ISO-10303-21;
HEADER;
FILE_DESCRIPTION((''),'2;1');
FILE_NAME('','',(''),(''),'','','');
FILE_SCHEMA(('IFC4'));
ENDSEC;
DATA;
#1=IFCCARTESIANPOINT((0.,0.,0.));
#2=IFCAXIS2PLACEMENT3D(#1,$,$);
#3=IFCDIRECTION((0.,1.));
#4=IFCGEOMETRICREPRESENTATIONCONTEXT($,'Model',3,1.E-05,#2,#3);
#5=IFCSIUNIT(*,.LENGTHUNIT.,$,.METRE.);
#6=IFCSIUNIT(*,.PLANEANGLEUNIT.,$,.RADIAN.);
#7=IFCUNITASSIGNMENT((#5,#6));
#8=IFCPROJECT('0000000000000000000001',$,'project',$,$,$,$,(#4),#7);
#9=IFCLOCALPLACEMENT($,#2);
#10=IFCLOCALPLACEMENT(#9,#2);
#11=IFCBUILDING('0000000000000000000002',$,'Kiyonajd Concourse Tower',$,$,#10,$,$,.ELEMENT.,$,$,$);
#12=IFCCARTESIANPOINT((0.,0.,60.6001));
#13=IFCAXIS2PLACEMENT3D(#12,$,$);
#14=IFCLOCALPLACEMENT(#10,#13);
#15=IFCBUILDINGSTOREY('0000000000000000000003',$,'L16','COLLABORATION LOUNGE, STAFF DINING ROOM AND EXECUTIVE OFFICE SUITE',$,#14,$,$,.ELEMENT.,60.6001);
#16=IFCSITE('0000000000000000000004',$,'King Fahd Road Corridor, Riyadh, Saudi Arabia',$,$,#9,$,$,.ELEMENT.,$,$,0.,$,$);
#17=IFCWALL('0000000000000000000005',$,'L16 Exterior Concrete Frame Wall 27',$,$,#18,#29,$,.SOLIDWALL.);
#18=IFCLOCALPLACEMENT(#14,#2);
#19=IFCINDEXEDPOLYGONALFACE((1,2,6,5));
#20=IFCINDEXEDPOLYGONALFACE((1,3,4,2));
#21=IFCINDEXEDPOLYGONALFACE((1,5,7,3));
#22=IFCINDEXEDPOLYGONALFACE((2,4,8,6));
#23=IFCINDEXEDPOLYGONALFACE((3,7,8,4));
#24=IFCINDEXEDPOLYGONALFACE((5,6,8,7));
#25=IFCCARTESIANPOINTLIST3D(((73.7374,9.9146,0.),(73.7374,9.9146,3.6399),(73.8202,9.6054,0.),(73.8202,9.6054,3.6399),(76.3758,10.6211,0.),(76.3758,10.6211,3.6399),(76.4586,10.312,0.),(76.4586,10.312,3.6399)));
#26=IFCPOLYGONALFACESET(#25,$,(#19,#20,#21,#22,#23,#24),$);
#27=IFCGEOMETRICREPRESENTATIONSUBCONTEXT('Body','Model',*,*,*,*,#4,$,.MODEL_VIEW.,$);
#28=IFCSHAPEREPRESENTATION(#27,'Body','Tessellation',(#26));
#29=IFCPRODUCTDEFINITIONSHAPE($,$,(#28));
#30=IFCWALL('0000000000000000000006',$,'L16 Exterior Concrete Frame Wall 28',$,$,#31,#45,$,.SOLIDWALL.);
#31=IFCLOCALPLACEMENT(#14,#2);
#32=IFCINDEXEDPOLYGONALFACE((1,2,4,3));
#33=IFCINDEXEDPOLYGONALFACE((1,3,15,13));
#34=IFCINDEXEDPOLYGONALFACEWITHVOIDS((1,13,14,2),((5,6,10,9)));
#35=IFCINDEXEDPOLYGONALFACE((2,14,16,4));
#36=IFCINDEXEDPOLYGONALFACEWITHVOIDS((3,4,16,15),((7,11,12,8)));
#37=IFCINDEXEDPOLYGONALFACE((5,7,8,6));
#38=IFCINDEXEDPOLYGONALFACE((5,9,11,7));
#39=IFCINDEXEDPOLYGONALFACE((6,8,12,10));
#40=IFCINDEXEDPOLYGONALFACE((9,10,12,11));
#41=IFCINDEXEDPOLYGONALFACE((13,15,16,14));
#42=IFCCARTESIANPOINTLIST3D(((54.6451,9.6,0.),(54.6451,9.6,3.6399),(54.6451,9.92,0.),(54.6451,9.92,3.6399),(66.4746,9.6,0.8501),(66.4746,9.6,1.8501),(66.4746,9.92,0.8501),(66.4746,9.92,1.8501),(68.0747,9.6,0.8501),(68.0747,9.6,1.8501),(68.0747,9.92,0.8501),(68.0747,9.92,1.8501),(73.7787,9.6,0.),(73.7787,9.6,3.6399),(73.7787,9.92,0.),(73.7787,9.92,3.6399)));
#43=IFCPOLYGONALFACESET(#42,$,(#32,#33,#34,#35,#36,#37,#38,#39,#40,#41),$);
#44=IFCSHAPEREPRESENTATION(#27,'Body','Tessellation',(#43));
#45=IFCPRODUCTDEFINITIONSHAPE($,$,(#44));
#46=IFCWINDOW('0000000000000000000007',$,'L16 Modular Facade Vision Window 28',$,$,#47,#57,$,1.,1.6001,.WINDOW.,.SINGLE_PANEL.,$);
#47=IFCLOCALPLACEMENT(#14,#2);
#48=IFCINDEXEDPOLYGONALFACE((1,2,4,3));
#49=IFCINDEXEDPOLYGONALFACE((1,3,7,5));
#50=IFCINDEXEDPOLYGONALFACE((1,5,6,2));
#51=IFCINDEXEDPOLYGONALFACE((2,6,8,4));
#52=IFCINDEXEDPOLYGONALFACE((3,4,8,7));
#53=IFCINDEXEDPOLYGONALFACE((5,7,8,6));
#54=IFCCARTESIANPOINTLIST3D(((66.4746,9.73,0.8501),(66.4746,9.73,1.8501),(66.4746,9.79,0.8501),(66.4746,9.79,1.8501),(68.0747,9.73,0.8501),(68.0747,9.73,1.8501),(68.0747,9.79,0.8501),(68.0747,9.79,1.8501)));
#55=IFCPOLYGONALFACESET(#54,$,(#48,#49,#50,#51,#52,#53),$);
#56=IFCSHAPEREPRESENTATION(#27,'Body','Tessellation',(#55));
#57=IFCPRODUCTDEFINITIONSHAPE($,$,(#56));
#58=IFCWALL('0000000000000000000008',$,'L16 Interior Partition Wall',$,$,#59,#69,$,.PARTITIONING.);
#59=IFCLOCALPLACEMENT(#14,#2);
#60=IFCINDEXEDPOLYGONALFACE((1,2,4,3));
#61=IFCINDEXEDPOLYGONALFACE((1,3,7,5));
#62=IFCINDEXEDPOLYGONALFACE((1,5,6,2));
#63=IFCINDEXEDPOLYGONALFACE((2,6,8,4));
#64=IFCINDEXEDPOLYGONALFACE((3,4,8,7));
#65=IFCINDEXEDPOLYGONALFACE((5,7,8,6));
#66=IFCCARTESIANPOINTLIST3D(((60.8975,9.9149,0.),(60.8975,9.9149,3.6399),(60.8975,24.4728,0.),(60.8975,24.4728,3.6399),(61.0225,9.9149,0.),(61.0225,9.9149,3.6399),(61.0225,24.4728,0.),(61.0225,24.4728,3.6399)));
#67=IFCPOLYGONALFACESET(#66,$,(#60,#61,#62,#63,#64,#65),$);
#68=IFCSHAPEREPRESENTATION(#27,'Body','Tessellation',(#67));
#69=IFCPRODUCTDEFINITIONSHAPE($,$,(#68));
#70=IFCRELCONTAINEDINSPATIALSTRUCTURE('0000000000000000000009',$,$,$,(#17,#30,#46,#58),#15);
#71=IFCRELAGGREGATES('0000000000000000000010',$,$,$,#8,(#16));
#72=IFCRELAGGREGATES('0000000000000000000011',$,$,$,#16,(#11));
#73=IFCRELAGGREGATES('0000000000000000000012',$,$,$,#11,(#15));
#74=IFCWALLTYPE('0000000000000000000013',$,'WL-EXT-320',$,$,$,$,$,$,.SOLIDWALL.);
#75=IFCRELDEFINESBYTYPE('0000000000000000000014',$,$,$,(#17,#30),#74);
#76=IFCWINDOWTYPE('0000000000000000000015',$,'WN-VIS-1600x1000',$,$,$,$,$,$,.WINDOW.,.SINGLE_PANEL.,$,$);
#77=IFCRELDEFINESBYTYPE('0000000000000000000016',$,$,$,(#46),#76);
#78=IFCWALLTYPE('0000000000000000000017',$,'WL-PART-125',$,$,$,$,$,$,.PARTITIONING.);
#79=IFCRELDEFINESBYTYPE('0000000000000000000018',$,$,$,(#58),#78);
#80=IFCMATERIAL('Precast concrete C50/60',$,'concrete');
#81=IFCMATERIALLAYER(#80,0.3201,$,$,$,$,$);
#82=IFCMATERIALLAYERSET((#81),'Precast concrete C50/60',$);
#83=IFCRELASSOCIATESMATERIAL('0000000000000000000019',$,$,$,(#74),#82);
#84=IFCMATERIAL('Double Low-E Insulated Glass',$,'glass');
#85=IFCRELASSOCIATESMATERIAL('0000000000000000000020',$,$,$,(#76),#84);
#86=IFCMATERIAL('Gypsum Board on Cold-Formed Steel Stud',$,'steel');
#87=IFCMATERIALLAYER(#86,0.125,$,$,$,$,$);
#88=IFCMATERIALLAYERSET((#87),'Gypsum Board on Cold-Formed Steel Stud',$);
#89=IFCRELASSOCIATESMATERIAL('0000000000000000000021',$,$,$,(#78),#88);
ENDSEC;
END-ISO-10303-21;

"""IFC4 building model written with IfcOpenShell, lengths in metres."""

from ifc_helpers import new_model, si_unit, direction, frame, frame_2d, origin, place, context, subcontext, project, spatial, rectangle, extrude, material, layer, layer_set, type_object, element, fill, save


model = new_model("IFC4")

# Units and contexts
model_context = context("Model", 3, precision=1e-05, world=origin(), true_north=direction((0.0, 1.0)))
body_context = subcontext(model_context, "Body", "Model", "MODEL_VIEW")
ifc_project = project(units=[si_unit("LENGTHUNIT", "METRE"), si_unit("PLANEANGLEUNIT", "RADIAN")], contexts=[model_context])

# Site, building, storey
site_placement = place(None, origin())
site = spatial("IfcSite", under=ifc_project, at=site_placement, Name="King Fahd Road Corridor, Riyadh, Saudi Arabia", CompositionType="ELEMENT", RefElevation=0.0)
building_placement = place(site_placement, origin())
building = spatial("IfcBuilding", under=site, at=building_placement, Name="Kiyonajd Concourse Tower", CompositionType="ELEMENT")
storey_placement = place(building_placement, frame((0.0, 0.0, 60.6001)))
storey = spatial("IfcBuildingStorey", under=building, at=storey_placement, Name="L16", Description="COLLABORATION LOUNGE, STAFF DINING ROOM AND EXECUTIVE OFFICE SUITE", CompositionType="ELEMENT", Elevation=60.6001)

# Shared definitions
ifc_material_1 = material(Name="Precast concrete C50/60", Category="concrete")

# Shared definitions
ifc_material_2 = material(Name="Double Low-E Insulated Glass", Category="glass")

# Wall
ifc_layer_1 = layer(ifc_material_1, 0.3201)
ifc_layer_set_1 = layer_set([ifc_layer_1], Name="Precast concrete C50/60")
wall_type_1 = type_object("IfcWallType", Name="WL-EXT-320", PredefinedType="SOLIDWALL", material=ifc_layer_set_1)
wall_1_placement = place(storey_placement, frame((76.4172, 10.4666, 0.0), z_axis=(0.0, 0.0, 1.0), x_axis=(-0.965964, -0.258675, 0.0)))
element("IfcWall", 1, at=wall_1_placement, inside=storey, type_object=wall_type_1, Name="L16 Exterior Concrete Frame Wall 27", PredefinedType="SOLIDWALL", context=body_context, shape_type="SweptSolid", body=[
    extrude(rectangle(XDim=2.7314, YDim=0.3201, at=frame_2d((1.3657, 0.0))), origin(), (0.0, 0.0, 1.0), 3.6399),
])

# Wall, opening, window
wall_2_placement = place(storey_placement, frame((73.7788, 9.76, 0.0), z_axis=(0.0, 0.0, 1.0), x_axis=(-1.0, 0.0, 0.0)))
wall_2 = element("IfcWall", 2, at=wall_2_placement, inside=storey, type_object=wall_type_1, Name="L16 Exterior Concrete Frame Wall 28", PredefinedType="SOLIDWALL", context=body_context, shape_type="SweptSolid", body=[
    extrude(rectangle(XDim=19.1335, YDim=0.3201, at=frame_2d((9.5669, 0.0))), origin(), (0.0, 0.0, 1.0), 3.6399),
])
opening_placement = place(wall_2_placement, frame((5.7041, 0.0, 0.8501)))
opening = element("IfcOpeningElement", 3, at=opening_placement, cuts=wall_2, PredefinedType="OPENING", context=body_context, shape_type="SweptSolid", body=[
    extrude(rectangle(XDim=1.6001, YDim=1.0, at=frame_2d((0.8, 0.5))), frame((0.0, 0.1699, 0.0), z_axis=(0.0, -1.0, 0.0), x_axis=(1.0, 0.0, 0.0)), (0.0, 0.0, 1.0), 0.3401),
])
window_type = type_object("IfcWindowType", Name="WN-VIS-1600x1000", PartitioningType="SINGLE_PANEL", PredefinedType="WINDOW", material=ifc_material_2)
window_placement = place(opening_placement, origin())
window = element("IfcWindow", 4, at=window_placement, inside=storey, type_object=window_type, Name="L16 Modular Facade Vision Window 28", OverallHeight=1.0, OverallWidth=1.6001, PartitioningType="SINGLE_PANEL", PredefinedType="WINDOW", context=body_context, shape_type="SweptSolid", body=[
    extrude(rectangle(XDim=1.6001, YDim=1.0, at=frame_2d((0.8, 0.5))), frame((0.0, 0.03, 0.0), z_axis=(0.0, -1.0, 0.0), x_axis=(1.0, 0.0, 0.0)), (0.0, 0.0, 1.0), 0.0601),
])
fill(opening, window)

# Wall
ifc_material_3 = material(Name="Gypsum Board on Cold-Formed Steel Stud", Category="steel")
ifc_layer_2 = layer(ifc_material_3, 0.125)
ifc_layer_set_2 = layer_set([ifc_layer_2], Name="Gypsum Board on Cold-Formed Steel Stud")
wall_type_2 = type_object("IfcWallType", Name="WL-PART-125", PredefinedType="PARTITIONING", material=ifc_layer_set_2)
wall_3_placement = place(storey_placement, frame((60.96, 9.915, 0.0), z_axis=(0.0, 0.0, 1.0), x_axis=(0.0, 1.0, 0.0)))
element("IfcWall", 5, at=wall_3_placement, inside=storey, type_object=wall_type_2, Name="L16 Interior Partition Wall", PredefinedType="PARTITIONING", context=body_context, shape_type="SweptSolid", body=[
    extrude(rectangle(XDim=14.5579, YDim=0.125, at=frame_2d((7.2788, 0.0))), origin(), (0.0, 0.0, 1.0), 3.6399),
])

save(model, "model.ifc")
